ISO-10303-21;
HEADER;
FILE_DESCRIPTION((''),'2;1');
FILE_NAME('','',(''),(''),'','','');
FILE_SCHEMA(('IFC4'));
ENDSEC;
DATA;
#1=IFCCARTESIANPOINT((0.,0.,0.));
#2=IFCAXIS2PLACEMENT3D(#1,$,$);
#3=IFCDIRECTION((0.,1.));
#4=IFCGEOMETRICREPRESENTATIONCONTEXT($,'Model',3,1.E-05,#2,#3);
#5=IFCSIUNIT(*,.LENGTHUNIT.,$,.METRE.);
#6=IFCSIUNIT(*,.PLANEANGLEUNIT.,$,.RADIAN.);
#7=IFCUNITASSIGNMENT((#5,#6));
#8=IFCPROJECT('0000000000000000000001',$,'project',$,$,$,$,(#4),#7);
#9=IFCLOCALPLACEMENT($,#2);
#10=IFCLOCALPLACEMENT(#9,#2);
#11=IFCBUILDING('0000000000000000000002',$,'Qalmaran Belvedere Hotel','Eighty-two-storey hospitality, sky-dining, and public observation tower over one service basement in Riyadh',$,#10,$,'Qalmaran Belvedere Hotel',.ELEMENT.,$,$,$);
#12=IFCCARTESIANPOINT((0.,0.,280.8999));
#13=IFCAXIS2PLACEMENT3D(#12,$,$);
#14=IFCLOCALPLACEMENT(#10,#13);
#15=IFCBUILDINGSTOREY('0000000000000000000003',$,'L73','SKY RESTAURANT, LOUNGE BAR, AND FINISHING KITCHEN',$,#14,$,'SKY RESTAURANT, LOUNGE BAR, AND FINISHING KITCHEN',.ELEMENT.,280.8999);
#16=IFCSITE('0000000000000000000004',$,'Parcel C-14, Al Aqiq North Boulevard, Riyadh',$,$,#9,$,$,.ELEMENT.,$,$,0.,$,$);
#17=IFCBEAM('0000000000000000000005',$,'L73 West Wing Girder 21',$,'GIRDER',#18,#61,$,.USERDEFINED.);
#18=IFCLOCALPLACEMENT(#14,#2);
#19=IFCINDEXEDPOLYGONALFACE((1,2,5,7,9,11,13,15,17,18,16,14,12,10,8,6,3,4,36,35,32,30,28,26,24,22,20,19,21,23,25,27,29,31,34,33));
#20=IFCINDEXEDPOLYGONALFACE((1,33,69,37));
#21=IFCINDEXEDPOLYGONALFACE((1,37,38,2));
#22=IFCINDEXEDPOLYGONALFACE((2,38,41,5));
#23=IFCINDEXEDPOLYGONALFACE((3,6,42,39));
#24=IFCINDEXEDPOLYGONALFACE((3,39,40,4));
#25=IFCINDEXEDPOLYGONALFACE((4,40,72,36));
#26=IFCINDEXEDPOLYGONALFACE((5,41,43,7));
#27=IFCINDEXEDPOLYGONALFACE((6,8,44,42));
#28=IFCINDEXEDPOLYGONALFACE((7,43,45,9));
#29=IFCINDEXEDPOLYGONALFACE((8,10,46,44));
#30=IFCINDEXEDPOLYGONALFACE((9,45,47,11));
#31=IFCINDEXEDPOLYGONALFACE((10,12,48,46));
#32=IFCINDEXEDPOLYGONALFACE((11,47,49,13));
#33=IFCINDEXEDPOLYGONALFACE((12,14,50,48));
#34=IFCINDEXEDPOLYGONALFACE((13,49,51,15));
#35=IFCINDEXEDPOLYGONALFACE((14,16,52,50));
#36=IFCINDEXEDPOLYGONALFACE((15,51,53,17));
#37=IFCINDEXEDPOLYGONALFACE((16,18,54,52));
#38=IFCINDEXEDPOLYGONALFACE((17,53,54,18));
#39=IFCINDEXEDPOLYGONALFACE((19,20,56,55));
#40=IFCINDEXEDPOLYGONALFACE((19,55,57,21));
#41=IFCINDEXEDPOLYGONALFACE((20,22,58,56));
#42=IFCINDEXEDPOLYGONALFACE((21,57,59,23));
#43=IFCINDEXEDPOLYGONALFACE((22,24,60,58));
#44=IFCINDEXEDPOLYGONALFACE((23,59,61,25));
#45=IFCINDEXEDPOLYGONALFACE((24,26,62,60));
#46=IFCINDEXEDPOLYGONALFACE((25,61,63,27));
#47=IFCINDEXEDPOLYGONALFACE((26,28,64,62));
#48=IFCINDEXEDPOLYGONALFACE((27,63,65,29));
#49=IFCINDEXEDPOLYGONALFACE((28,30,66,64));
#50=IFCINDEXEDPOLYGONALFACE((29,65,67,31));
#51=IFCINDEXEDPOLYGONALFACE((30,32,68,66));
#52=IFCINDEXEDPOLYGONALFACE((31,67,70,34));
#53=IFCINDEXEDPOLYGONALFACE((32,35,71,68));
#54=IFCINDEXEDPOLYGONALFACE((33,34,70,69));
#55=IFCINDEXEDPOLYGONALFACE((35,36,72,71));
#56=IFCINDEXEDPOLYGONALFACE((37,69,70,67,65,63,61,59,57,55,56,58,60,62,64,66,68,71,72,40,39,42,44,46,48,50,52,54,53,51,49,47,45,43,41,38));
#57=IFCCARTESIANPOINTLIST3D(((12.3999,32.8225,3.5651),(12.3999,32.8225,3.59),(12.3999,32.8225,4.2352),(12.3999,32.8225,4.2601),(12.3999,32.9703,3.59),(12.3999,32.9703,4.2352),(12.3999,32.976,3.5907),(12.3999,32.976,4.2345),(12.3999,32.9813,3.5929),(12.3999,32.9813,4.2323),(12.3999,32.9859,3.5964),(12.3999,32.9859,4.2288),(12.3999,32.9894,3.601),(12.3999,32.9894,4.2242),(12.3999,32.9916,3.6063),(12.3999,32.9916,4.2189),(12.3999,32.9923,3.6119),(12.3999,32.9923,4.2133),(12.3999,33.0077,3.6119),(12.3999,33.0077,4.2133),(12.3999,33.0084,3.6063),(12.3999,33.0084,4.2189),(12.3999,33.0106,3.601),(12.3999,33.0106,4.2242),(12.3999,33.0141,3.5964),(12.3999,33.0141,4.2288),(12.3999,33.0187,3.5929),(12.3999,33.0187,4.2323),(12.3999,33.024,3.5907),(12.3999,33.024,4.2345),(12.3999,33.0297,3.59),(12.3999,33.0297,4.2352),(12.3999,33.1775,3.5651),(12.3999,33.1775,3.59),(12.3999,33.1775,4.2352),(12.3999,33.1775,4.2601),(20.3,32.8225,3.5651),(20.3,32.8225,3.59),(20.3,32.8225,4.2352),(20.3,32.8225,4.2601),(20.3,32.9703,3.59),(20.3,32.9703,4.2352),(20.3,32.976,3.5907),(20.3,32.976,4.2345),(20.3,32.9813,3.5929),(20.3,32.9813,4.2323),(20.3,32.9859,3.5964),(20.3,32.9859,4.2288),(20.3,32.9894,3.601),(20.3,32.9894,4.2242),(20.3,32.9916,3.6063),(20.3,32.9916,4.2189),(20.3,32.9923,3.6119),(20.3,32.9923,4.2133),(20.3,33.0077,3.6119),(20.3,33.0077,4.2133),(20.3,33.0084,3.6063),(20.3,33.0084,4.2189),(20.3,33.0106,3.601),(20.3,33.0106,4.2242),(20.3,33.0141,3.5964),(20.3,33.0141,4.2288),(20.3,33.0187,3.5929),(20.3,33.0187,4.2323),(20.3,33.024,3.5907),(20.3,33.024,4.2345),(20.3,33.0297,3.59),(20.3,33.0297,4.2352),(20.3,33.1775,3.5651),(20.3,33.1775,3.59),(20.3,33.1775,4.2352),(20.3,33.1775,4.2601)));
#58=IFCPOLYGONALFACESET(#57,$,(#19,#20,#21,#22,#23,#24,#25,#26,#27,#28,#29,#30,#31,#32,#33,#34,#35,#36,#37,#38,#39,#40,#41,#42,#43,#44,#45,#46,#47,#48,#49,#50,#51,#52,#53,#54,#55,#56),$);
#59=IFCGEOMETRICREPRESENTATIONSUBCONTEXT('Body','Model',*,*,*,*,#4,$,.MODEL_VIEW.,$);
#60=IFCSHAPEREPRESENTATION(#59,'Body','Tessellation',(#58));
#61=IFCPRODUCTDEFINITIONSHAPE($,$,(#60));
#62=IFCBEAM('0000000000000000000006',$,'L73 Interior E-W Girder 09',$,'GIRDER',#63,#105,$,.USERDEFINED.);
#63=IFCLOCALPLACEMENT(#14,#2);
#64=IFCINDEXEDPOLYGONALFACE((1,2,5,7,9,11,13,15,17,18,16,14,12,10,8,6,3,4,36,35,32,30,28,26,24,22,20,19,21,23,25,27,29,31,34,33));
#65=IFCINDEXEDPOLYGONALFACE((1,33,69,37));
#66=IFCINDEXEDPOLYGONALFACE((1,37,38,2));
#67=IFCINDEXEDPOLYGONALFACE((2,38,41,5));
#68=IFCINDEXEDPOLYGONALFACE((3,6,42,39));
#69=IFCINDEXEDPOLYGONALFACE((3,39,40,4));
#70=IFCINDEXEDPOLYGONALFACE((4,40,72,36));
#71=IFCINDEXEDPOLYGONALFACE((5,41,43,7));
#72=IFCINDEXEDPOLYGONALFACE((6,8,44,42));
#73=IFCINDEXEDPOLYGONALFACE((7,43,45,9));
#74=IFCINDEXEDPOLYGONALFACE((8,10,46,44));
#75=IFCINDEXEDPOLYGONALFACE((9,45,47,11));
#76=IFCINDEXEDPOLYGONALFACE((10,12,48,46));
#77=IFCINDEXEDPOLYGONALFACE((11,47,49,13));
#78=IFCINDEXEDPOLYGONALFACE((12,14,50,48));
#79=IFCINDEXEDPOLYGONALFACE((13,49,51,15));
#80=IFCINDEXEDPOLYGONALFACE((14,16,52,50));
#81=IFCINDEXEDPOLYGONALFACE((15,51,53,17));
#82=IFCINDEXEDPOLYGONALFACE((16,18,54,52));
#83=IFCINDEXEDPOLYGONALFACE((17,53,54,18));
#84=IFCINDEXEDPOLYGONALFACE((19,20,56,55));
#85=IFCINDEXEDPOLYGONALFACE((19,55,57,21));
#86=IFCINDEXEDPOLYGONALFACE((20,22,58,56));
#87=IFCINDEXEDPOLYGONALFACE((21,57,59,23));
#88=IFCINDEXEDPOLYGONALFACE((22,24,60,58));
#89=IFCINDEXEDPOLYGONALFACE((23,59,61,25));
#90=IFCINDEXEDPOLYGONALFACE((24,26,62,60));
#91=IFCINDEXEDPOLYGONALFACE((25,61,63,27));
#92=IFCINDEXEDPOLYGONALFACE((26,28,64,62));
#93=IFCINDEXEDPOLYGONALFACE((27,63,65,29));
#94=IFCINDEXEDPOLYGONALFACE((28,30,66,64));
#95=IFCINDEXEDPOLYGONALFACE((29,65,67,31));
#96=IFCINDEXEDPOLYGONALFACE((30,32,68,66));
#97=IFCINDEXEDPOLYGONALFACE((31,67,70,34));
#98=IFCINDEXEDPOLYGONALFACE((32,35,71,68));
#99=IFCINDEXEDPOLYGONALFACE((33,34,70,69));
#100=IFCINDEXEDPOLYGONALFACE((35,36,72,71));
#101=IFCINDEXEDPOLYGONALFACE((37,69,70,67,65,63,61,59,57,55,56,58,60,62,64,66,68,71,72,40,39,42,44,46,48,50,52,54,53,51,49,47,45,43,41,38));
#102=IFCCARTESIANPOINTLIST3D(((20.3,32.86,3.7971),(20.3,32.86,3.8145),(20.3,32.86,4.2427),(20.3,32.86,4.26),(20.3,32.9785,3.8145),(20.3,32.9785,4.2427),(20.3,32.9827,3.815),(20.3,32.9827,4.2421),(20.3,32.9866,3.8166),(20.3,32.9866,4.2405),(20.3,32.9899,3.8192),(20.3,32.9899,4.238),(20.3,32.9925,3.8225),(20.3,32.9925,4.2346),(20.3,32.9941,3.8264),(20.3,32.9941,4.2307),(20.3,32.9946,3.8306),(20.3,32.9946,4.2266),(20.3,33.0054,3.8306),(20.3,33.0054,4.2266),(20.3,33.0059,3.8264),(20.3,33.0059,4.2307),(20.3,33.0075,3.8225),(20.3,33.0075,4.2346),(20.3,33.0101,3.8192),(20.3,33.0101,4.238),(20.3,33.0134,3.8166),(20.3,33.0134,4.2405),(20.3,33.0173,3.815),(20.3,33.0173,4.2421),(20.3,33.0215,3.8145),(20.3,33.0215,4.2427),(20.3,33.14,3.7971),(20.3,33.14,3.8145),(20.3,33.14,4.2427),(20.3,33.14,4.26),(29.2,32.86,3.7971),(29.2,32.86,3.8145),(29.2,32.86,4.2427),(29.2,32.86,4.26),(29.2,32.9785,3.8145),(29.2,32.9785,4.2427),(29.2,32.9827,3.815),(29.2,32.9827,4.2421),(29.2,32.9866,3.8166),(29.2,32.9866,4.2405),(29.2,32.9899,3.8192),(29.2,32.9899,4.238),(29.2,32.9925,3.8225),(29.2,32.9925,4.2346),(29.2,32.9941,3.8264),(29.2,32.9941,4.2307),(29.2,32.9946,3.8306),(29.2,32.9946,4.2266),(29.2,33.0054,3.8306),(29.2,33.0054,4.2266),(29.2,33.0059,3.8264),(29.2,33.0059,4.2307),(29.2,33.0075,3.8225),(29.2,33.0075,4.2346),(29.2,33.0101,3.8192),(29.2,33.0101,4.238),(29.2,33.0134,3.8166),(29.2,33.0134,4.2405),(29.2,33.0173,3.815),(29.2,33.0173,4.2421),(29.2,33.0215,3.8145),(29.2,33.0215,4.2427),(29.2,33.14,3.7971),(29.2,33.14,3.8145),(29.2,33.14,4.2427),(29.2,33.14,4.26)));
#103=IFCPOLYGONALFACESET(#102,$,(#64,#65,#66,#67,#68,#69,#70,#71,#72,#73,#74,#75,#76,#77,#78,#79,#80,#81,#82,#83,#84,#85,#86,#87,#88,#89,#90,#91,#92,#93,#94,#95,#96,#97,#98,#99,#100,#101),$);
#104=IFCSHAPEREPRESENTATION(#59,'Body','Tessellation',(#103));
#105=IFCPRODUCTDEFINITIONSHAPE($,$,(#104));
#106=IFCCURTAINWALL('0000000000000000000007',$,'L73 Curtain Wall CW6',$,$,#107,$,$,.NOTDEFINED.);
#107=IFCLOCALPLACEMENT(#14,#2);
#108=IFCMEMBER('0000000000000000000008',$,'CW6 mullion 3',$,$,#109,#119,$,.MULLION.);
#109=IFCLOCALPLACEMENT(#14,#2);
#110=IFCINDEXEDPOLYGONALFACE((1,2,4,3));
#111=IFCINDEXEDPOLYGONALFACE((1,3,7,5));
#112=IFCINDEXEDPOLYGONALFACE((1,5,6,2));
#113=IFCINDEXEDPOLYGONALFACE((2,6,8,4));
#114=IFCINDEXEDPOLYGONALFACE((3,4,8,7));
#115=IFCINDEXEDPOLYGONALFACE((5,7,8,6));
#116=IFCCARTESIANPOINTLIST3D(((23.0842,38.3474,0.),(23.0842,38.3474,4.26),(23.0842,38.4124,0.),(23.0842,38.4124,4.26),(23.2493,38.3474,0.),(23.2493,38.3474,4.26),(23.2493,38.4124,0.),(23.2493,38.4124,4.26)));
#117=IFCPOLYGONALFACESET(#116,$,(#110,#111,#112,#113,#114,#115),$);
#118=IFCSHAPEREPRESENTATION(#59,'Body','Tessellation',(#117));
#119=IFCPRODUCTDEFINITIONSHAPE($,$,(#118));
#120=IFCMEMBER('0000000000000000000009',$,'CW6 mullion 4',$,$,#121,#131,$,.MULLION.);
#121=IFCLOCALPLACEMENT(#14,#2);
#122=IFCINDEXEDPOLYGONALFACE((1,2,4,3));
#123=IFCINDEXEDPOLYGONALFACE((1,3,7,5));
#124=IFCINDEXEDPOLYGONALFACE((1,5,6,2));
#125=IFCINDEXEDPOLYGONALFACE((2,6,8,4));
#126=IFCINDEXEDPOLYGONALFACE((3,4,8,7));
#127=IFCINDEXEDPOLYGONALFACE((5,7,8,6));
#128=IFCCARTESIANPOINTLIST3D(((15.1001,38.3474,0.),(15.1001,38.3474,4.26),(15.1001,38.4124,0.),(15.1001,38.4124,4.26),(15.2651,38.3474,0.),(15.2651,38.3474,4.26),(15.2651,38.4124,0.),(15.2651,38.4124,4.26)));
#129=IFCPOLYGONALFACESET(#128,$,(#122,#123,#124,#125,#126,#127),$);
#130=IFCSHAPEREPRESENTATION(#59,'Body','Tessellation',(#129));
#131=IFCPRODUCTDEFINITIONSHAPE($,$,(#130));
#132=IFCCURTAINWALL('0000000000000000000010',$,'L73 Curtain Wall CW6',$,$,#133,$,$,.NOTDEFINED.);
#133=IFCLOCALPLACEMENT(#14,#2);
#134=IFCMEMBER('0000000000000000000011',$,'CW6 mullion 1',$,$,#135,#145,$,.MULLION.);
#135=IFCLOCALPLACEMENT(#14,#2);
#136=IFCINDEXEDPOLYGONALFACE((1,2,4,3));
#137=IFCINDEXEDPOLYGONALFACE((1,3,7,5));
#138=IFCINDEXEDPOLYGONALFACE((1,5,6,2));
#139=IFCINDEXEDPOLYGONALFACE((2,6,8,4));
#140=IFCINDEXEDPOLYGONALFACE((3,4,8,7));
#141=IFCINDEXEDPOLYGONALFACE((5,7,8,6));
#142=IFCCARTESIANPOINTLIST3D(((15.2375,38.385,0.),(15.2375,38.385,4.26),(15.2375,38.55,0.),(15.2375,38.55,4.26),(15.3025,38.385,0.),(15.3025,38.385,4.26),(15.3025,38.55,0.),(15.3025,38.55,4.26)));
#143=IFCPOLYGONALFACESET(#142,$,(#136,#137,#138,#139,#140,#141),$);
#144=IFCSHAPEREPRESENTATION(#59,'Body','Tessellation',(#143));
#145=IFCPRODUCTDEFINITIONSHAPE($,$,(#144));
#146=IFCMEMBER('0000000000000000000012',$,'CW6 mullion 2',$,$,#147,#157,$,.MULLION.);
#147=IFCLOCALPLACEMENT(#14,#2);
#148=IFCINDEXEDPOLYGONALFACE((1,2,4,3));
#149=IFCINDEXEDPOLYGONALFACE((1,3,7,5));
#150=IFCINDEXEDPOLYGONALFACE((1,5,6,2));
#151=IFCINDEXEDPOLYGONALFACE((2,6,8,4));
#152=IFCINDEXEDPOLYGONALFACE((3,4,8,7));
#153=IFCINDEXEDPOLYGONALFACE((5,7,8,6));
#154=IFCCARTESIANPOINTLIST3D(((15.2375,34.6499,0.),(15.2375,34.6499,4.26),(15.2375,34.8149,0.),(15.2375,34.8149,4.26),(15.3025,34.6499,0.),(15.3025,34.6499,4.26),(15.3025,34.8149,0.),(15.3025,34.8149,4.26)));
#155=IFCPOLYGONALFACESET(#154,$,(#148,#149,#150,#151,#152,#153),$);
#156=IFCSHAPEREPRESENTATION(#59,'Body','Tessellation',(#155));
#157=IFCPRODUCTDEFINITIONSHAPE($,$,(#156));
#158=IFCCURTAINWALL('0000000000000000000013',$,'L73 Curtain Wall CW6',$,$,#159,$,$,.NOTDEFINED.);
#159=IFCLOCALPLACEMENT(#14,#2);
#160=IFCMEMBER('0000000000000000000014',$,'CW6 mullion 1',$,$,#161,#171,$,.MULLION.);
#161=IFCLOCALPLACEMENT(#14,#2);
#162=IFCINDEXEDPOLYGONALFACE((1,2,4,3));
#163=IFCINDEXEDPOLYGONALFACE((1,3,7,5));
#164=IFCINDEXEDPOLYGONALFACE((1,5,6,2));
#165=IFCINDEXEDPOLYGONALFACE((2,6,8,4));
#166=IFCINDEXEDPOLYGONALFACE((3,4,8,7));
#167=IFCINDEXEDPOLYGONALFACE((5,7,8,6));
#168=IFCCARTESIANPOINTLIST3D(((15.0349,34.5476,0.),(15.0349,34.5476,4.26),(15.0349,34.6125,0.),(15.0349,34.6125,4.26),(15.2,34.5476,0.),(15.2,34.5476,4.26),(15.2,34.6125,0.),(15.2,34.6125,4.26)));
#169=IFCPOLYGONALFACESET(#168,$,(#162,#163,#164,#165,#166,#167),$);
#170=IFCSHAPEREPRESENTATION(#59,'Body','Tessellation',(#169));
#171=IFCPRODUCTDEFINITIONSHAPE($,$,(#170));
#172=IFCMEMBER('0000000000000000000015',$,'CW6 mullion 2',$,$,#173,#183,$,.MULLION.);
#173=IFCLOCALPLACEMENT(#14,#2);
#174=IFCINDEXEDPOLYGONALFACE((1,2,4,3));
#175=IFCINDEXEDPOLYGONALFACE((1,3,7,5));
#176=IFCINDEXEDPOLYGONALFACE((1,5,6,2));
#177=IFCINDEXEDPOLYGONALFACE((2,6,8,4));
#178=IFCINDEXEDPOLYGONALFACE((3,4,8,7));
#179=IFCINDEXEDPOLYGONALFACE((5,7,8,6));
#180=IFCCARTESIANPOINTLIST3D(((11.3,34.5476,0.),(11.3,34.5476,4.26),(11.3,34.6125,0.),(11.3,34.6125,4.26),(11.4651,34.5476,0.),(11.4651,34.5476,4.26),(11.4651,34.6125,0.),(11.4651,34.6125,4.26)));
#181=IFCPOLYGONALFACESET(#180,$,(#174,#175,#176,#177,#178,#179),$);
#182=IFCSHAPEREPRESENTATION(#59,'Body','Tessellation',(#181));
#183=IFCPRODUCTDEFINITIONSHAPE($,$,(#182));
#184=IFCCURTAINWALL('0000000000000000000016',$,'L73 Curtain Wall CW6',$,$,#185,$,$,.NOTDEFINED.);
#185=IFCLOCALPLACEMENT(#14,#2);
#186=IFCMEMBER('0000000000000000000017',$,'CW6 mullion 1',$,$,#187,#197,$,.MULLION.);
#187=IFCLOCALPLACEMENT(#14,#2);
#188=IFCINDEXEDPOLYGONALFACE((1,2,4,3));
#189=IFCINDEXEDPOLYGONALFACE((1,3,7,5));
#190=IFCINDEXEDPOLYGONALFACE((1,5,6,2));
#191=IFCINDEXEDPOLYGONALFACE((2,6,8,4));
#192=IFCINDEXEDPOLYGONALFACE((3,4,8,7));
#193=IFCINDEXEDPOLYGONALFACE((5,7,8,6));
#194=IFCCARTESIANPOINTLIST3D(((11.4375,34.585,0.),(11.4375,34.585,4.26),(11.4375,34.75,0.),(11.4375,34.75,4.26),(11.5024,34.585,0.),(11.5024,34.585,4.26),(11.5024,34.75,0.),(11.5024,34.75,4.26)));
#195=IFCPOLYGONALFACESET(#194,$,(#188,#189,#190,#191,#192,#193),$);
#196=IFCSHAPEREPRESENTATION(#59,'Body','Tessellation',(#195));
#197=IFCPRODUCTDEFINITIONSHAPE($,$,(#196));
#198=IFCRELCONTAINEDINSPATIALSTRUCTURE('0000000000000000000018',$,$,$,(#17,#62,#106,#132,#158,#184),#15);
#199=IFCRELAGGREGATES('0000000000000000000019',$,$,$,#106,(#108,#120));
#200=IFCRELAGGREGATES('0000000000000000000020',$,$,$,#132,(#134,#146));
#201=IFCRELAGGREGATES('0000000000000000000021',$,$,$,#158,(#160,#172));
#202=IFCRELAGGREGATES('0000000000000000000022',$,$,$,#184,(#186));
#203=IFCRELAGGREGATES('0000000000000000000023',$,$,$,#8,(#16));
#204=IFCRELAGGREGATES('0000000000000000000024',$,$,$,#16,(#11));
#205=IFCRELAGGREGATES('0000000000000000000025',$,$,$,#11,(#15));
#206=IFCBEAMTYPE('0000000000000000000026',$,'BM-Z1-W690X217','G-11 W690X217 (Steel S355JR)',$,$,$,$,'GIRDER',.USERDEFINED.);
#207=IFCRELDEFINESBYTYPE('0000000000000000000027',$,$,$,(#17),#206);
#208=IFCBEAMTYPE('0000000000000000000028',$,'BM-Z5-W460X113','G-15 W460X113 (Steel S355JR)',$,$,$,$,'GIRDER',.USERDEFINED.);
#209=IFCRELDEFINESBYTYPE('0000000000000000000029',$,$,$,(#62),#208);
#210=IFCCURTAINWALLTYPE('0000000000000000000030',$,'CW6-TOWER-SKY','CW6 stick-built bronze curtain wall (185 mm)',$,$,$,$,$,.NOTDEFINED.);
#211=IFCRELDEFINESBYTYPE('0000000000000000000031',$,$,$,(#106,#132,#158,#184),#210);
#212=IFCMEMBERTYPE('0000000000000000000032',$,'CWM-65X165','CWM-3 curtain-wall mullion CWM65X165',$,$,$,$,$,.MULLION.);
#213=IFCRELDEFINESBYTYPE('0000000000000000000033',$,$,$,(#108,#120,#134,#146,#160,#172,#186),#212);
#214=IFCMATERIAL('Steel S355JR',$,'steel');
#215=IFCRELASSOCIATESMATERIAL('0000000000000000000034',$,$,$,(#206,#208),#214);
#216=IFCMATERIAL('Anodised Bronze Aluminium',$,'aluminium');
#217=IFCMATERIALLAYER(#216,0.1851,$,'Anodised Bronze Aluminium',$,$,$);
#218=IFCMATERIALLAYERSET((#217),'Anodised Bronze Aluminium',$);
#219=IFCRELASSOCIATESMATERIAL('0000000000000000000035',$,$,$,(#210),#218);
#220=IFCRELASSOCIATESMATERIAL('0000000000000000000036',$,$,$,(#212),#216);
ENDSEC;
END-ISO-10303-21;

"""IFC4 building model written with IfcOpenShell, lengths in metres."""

from ifc_helpers import new_model, si_unit, direction, frame, origin, origin_2d, place, context, subcontext, project, spatial, rectangle, i_section, extrude, material, layer, layer_set, material_profile, profile_set, type_object, element, aggregate, save


model = new_model("IFC4")

# Units and contexts
model_context = context("Model", 3, precision=1e-05, world=origin(), true_north=direction((0.0, 1.0)))
body_context = subcontext(model_context, "Body", "Model", "MODEL_VIEW")
ifc_project = project(units=[si_unit("LENGTHUNIT", "METRE"), si_unit("PLANEANGLEUNIT", "RADIAN")], contexts=[model_context])

# Site, building, storey
site_placement = place(None, origin())
site = spatial("IfcSite", under=ifc_project, at=site_placement, Name="Parcel C-14, Al Aqiq North Boulevard, Riyadh", CompositionType="ELEMENT", RefElevation=0.0)
building_placement = place(site_placement, origin())
building = spatial("IfcBuilding", under=site, at=building_placement, Name="Qalmaran Belvedere Hotel", Description="Eighty-two-storey hospitality, sky-dining, and public observation tower over one service basement in Riyadh", LongName="Qalmaran Belvedere Hotel", CompositionType="ELEMENT")
storey_placement = place(building_placement, frame((0.0, 0.0, 280.8999)))
storey = spatial("IfcBuildingStorey", under=building, at=storey_placement, Name="L73", Description="SKY RESTAURANT, LOUNGE BAR, AND FINISHING KITCHEN", LongName="SKY RESTAURANT, LOUNGE BAR, AND FINISHING KITCHEN", CompositionType="ELEMENT", Elevation=280.8999)

# Beams
ifc_material_1 = material(Name="Steel S355JR", Category="steel")
ifc_material_profile_1 = material_profile(ifc_material_1, i_section(OverallWidth=0.355, OverallDepth=0.6951, WebThickness=0.0154, FlangeThickness=0.0249, FilletRadius=0.022, at=origin_2d()), Name="W690X217")
ifc_profile_set_1 = profile_set([ifc_material_profile_1], Name="Steel S355JR")
beam_type_1 = type_object("IfcBeamType", Name="BM-Z1-W690X217", Description="G-11 W690X217 (Steel S355JR)", ElementType="GIRDER", PredefinedType="USERDEFINED", material=ifc_profile_set_1)
beam_1_placement = place(storey_placement, frame((12.3999, 33.0, 3.9126), z_axis=(1.0, 0.0, 0.0), x_axis=(0.0, 1.0, 0.0)))
element("IfcBeam", 1, at=beam_1_placement, inside=storey, type_object=beam_type_1, Name="L73 West Wing Girder 21", ObjectType="GIRDER", PredefinedType="USERDEFINED", context=body_context, shape_type="SweptSolid", body=[
    extrude(i_section(OverallWidth=0.355, OverallDepth=0.6951, WebThickness=0.0154, FlangeThickness=0.0249, FilletRadius=0.022, at=origin_2d()), origin(), (0.0, 0.0, 1.0), 7.9001),
])
ifc_material_profile_2 = material_profile(ifc_material_1, i_section(OverallWidth=0.28, OverallDepth=0.4629, WebThickness=0.0107, FlangeThickness=0.0173, FilletRadius=0.0161, at=origin_2d()), Name="W460X113")
ifc_profile_set_2 = profile_set([ifc_material_profile_2], Name="Steel S355JR")
beam_type_2 = type_object("IfcBeamType", Name="BM-Z5-W460X113", Description="G-15 W460X113 (Steel S355JR)", ElementType="GIRDER", PredefinedType="USERDEFINED", material=ifc_profile_set_2)
beam_2_placement = place(storey_placement, frame((20.3, 33.0, 4.0286), z_axis=(1.0, 0.0, 0.0), x_axis=(0.0, 1.0, 0.0)))
element("IfcBeam", 2, at=beam_2_placement, inside=storey, type_object=beam_type_2, Name="L73 Interior E-W Girder 09", ObjectType="GIRDER", PredefinedType="USERDEFINED", context=body_context, shape_type="SweptSolid", body=[
    extrude(i_section(OverallWidth=0.28, OverallDepth=0.4629, WebThickness=0.0107, FlangeThickness=0.0173, FilletRadius=0.0161, at=origin_2d()), origin(), (0.0, 0.0, 1.0), 8.8999),
])

# Curtain walls, members
ifc_material_2 = material(Name="Anodised Bronze Aluminium", Category="aluminium")
ifc_layer_1 = layer(ifc_material_2, 0.1851, Name="Anodised Bronze Aluminium")
ifc_layer_set_1 = layer_set([ifc_layer_1], Name="Anodised Bronze Aluminium")
curtain_wall_type = type_object("IfcCurtainWallType", Name="CW6-TOWER-SKY", Description="CW6 stick-built bronze curtain wall (185 mm)", PredefinedType="NOTDEFINED", material=ifc_layer_set_1)
curtain_wall_1_placement = place(storey_placement, origin())
curtain_wall_1 = element("IfcCurtainWall", 3, at=curtain_wall_1_placement, inside=storey, type_object=curtain_wall_type, Name="L73 Curtain Wall CW6", PredefinedType="NOTDEFINED")
ifc_material_profile_3 = material_profile(ifc_material_2, rectangle(XDim=0.0649, YDim=0.165, at=origin_2d()), Name="CWM65X165")
ifc_profile_set_3 = profile_set([ifc_material_profile_3], Name="Anodised Bronze Aluminium")
member_type_1 = type_object("IfcMemberType", Name="CWM-65X165", Description="CWM-3 curtain-wall mullion CWM65X165", PredefinedType="MULLION", material=ifc_profile_set_3)
member_1_placement = place(storey_placement, frame((23.1667, 38.3799, 0.0), z_axis=(0.0, 0.0, 1.0), x_axis=(0.0, -1.0, 0.0)))
member_1 = element("IfcMember", 4, at=member_1_placement, type_object=member_type_1, Name="CW6 mullion 3", PredefinedType="MULLION", context=body_context, shape_type="SweptSolid", body=[
    extrude(rectangle(XDim=0.0649, YDim=0.165, at=origin_2d()), origin(), (0.0, 0.0, 1.0), 4.26),
])
member_2_placement = place(storey_placement, frame((15.1826, 38.3799, 0.0), z_axis=(0.0, 0.0, 1.0), x_axis=(0.0, -1.0, 0.0)))
member_2 = element("IfcMember", 5, at=member_2_placement, type_object=member_type_1, Name="CW6 mullion 4", PredefinedType="MULLION", context=body_context, shape_type="SweptSolid", body=[
    extrude(rectangle(XDim=0.0649, YDim=0.165, at=origin_2d()), origin(), (0.0, 0.0, 1.0), 4.26),
])
curtain_wall_2_placement = place(storey_placement, origin())
curtain_wall_2 = element("IfcCurtainWall", 6, at=curtain_wall_2_placement, inside=storey, type_object=curtain_wall_type, Name="L73 Curtain Wall CW6", PredefinedType="NOTDEFINED")
member_3_placement = place(storey_placement, frame((15.27, 38.4675, 0.0), z_axis=(0.0, 0.0, 1.0), x_axis=(1.0, 0.0, 0.0)))
member_3 = element("IfcMember", 7, at=member_3_placement, type_object=member_type_1, Name="CW6 mullion 1", PredefinedType="MULLION", context=body_context, shape_type="SweptSolid", body=[
    extrude(rectangle(XDim=0.0649, YDim=0.165, at=origin_2d()), origin(), (0.0, 0.0, 1.0), 4.26),
])
member_4_placement = place(storey_placement, frame((15.27, 34.7324, 0.0), z_axis=(0.0, 0.0, 1.0), x_axis=(1.0, 0.0, 0.0)))
member_4 = element("IfcMember", 8, at=member_4_placement, type_object=member_type_1, Name="CW6 mullion 2", PredefinedType="MULLION", context=body_context, shape_type="SweptSolid", body=[
    extrude(rectangle(XDim=0.0649, YDim=0.165, at=origin_2d()), origin(), (0.0, 0.0, 1.0), 4.26),
])
curtain_wall_3_placement = place(storey_placement, origin())
curtain_wall_3 = element("IfcCurtainWall", 9, at=curtain_wall_3_placement, inside=storey, type_object=curtain_wall_type, Name="L73 Curtain Wall CW6", PredefinedType="NOTDEFINED")
member_5_placement = place(storey_placement, frame((15.1174, 34.5801, 0.0), z_axis=(0.0, 0.0, 1.0), x_axis=(0.0, -1.0, 0.0)))
member_5 = element("IfcMember", 10, at=member_5_placement, type_object=member_type_1, Name="CW6 mullion 1", PredefinedType="MULLION", context=body_context, shape_type="SweptSolid", body=[
    extrude(rectangle(XDim=0.0649, YDim=0.165, at=origin_2d()), origin(), (0.0, 0.0, 1.0), 4.26),
])
member_6_placement = place(storey_placement, frame((11.3826, 34.5801, 0.0), z_axis=(0.0, 0.0, 1.0), x_axis=(0.0, -1.0, 0.0)))
member_6 = element("IfcMember", 11, at=member_6_placement, type_object=member_type_1, Name="CW6 mullion 2", PredefinedType="MULLION", context=body_context, shape_type="SweptSolid", body=[
    extrude(rectangle(XDim=0.0649, YDim=0.165, at=origin_2d()), origin(), (0.0, 0.0, 1.0), 4.26),
])

# Curtain wall, member
curtain_wall_4_placement = place(storey_placement, origin())
curtain_wall_4 = element("IfcCurtainWall", 12, at=curtain_wall_4_placement, inside=storey, type_object=curtain_wall_type, Name="L73 Curtain Wall CW6", PredefinedType="NOTDEFINED")
member_7_placement = place(storey_placement, frame((11.47, 34.6675, 0.0), z_axis=(0.0, 0.0, 1.0), x_axis=(1.0, 0.0, 0.0)))
member_7 = element("IfcMember", 13, at=member_7_placement, type_object=member_type_1, Name="CW6 mullion 1", PredefinedType="MULLION", context=body_context, shape_type="SweptSolid", body=[
    extrude(rectangle(XDim=0.0649, YDim=0.165, at=origin_2d()), origin(), (0.0, 0.0, 1.0), 4.26),
])

aggregate(curtain_wall_1, [member_1, member_2])
aggregate(curtain_wall_2, [member_3, member_4])
aggregate(curtain_wall_3, [member_5, member_6])
aggregate(curtain_wall_4, [member_7])

save(model, "model.ifc")
